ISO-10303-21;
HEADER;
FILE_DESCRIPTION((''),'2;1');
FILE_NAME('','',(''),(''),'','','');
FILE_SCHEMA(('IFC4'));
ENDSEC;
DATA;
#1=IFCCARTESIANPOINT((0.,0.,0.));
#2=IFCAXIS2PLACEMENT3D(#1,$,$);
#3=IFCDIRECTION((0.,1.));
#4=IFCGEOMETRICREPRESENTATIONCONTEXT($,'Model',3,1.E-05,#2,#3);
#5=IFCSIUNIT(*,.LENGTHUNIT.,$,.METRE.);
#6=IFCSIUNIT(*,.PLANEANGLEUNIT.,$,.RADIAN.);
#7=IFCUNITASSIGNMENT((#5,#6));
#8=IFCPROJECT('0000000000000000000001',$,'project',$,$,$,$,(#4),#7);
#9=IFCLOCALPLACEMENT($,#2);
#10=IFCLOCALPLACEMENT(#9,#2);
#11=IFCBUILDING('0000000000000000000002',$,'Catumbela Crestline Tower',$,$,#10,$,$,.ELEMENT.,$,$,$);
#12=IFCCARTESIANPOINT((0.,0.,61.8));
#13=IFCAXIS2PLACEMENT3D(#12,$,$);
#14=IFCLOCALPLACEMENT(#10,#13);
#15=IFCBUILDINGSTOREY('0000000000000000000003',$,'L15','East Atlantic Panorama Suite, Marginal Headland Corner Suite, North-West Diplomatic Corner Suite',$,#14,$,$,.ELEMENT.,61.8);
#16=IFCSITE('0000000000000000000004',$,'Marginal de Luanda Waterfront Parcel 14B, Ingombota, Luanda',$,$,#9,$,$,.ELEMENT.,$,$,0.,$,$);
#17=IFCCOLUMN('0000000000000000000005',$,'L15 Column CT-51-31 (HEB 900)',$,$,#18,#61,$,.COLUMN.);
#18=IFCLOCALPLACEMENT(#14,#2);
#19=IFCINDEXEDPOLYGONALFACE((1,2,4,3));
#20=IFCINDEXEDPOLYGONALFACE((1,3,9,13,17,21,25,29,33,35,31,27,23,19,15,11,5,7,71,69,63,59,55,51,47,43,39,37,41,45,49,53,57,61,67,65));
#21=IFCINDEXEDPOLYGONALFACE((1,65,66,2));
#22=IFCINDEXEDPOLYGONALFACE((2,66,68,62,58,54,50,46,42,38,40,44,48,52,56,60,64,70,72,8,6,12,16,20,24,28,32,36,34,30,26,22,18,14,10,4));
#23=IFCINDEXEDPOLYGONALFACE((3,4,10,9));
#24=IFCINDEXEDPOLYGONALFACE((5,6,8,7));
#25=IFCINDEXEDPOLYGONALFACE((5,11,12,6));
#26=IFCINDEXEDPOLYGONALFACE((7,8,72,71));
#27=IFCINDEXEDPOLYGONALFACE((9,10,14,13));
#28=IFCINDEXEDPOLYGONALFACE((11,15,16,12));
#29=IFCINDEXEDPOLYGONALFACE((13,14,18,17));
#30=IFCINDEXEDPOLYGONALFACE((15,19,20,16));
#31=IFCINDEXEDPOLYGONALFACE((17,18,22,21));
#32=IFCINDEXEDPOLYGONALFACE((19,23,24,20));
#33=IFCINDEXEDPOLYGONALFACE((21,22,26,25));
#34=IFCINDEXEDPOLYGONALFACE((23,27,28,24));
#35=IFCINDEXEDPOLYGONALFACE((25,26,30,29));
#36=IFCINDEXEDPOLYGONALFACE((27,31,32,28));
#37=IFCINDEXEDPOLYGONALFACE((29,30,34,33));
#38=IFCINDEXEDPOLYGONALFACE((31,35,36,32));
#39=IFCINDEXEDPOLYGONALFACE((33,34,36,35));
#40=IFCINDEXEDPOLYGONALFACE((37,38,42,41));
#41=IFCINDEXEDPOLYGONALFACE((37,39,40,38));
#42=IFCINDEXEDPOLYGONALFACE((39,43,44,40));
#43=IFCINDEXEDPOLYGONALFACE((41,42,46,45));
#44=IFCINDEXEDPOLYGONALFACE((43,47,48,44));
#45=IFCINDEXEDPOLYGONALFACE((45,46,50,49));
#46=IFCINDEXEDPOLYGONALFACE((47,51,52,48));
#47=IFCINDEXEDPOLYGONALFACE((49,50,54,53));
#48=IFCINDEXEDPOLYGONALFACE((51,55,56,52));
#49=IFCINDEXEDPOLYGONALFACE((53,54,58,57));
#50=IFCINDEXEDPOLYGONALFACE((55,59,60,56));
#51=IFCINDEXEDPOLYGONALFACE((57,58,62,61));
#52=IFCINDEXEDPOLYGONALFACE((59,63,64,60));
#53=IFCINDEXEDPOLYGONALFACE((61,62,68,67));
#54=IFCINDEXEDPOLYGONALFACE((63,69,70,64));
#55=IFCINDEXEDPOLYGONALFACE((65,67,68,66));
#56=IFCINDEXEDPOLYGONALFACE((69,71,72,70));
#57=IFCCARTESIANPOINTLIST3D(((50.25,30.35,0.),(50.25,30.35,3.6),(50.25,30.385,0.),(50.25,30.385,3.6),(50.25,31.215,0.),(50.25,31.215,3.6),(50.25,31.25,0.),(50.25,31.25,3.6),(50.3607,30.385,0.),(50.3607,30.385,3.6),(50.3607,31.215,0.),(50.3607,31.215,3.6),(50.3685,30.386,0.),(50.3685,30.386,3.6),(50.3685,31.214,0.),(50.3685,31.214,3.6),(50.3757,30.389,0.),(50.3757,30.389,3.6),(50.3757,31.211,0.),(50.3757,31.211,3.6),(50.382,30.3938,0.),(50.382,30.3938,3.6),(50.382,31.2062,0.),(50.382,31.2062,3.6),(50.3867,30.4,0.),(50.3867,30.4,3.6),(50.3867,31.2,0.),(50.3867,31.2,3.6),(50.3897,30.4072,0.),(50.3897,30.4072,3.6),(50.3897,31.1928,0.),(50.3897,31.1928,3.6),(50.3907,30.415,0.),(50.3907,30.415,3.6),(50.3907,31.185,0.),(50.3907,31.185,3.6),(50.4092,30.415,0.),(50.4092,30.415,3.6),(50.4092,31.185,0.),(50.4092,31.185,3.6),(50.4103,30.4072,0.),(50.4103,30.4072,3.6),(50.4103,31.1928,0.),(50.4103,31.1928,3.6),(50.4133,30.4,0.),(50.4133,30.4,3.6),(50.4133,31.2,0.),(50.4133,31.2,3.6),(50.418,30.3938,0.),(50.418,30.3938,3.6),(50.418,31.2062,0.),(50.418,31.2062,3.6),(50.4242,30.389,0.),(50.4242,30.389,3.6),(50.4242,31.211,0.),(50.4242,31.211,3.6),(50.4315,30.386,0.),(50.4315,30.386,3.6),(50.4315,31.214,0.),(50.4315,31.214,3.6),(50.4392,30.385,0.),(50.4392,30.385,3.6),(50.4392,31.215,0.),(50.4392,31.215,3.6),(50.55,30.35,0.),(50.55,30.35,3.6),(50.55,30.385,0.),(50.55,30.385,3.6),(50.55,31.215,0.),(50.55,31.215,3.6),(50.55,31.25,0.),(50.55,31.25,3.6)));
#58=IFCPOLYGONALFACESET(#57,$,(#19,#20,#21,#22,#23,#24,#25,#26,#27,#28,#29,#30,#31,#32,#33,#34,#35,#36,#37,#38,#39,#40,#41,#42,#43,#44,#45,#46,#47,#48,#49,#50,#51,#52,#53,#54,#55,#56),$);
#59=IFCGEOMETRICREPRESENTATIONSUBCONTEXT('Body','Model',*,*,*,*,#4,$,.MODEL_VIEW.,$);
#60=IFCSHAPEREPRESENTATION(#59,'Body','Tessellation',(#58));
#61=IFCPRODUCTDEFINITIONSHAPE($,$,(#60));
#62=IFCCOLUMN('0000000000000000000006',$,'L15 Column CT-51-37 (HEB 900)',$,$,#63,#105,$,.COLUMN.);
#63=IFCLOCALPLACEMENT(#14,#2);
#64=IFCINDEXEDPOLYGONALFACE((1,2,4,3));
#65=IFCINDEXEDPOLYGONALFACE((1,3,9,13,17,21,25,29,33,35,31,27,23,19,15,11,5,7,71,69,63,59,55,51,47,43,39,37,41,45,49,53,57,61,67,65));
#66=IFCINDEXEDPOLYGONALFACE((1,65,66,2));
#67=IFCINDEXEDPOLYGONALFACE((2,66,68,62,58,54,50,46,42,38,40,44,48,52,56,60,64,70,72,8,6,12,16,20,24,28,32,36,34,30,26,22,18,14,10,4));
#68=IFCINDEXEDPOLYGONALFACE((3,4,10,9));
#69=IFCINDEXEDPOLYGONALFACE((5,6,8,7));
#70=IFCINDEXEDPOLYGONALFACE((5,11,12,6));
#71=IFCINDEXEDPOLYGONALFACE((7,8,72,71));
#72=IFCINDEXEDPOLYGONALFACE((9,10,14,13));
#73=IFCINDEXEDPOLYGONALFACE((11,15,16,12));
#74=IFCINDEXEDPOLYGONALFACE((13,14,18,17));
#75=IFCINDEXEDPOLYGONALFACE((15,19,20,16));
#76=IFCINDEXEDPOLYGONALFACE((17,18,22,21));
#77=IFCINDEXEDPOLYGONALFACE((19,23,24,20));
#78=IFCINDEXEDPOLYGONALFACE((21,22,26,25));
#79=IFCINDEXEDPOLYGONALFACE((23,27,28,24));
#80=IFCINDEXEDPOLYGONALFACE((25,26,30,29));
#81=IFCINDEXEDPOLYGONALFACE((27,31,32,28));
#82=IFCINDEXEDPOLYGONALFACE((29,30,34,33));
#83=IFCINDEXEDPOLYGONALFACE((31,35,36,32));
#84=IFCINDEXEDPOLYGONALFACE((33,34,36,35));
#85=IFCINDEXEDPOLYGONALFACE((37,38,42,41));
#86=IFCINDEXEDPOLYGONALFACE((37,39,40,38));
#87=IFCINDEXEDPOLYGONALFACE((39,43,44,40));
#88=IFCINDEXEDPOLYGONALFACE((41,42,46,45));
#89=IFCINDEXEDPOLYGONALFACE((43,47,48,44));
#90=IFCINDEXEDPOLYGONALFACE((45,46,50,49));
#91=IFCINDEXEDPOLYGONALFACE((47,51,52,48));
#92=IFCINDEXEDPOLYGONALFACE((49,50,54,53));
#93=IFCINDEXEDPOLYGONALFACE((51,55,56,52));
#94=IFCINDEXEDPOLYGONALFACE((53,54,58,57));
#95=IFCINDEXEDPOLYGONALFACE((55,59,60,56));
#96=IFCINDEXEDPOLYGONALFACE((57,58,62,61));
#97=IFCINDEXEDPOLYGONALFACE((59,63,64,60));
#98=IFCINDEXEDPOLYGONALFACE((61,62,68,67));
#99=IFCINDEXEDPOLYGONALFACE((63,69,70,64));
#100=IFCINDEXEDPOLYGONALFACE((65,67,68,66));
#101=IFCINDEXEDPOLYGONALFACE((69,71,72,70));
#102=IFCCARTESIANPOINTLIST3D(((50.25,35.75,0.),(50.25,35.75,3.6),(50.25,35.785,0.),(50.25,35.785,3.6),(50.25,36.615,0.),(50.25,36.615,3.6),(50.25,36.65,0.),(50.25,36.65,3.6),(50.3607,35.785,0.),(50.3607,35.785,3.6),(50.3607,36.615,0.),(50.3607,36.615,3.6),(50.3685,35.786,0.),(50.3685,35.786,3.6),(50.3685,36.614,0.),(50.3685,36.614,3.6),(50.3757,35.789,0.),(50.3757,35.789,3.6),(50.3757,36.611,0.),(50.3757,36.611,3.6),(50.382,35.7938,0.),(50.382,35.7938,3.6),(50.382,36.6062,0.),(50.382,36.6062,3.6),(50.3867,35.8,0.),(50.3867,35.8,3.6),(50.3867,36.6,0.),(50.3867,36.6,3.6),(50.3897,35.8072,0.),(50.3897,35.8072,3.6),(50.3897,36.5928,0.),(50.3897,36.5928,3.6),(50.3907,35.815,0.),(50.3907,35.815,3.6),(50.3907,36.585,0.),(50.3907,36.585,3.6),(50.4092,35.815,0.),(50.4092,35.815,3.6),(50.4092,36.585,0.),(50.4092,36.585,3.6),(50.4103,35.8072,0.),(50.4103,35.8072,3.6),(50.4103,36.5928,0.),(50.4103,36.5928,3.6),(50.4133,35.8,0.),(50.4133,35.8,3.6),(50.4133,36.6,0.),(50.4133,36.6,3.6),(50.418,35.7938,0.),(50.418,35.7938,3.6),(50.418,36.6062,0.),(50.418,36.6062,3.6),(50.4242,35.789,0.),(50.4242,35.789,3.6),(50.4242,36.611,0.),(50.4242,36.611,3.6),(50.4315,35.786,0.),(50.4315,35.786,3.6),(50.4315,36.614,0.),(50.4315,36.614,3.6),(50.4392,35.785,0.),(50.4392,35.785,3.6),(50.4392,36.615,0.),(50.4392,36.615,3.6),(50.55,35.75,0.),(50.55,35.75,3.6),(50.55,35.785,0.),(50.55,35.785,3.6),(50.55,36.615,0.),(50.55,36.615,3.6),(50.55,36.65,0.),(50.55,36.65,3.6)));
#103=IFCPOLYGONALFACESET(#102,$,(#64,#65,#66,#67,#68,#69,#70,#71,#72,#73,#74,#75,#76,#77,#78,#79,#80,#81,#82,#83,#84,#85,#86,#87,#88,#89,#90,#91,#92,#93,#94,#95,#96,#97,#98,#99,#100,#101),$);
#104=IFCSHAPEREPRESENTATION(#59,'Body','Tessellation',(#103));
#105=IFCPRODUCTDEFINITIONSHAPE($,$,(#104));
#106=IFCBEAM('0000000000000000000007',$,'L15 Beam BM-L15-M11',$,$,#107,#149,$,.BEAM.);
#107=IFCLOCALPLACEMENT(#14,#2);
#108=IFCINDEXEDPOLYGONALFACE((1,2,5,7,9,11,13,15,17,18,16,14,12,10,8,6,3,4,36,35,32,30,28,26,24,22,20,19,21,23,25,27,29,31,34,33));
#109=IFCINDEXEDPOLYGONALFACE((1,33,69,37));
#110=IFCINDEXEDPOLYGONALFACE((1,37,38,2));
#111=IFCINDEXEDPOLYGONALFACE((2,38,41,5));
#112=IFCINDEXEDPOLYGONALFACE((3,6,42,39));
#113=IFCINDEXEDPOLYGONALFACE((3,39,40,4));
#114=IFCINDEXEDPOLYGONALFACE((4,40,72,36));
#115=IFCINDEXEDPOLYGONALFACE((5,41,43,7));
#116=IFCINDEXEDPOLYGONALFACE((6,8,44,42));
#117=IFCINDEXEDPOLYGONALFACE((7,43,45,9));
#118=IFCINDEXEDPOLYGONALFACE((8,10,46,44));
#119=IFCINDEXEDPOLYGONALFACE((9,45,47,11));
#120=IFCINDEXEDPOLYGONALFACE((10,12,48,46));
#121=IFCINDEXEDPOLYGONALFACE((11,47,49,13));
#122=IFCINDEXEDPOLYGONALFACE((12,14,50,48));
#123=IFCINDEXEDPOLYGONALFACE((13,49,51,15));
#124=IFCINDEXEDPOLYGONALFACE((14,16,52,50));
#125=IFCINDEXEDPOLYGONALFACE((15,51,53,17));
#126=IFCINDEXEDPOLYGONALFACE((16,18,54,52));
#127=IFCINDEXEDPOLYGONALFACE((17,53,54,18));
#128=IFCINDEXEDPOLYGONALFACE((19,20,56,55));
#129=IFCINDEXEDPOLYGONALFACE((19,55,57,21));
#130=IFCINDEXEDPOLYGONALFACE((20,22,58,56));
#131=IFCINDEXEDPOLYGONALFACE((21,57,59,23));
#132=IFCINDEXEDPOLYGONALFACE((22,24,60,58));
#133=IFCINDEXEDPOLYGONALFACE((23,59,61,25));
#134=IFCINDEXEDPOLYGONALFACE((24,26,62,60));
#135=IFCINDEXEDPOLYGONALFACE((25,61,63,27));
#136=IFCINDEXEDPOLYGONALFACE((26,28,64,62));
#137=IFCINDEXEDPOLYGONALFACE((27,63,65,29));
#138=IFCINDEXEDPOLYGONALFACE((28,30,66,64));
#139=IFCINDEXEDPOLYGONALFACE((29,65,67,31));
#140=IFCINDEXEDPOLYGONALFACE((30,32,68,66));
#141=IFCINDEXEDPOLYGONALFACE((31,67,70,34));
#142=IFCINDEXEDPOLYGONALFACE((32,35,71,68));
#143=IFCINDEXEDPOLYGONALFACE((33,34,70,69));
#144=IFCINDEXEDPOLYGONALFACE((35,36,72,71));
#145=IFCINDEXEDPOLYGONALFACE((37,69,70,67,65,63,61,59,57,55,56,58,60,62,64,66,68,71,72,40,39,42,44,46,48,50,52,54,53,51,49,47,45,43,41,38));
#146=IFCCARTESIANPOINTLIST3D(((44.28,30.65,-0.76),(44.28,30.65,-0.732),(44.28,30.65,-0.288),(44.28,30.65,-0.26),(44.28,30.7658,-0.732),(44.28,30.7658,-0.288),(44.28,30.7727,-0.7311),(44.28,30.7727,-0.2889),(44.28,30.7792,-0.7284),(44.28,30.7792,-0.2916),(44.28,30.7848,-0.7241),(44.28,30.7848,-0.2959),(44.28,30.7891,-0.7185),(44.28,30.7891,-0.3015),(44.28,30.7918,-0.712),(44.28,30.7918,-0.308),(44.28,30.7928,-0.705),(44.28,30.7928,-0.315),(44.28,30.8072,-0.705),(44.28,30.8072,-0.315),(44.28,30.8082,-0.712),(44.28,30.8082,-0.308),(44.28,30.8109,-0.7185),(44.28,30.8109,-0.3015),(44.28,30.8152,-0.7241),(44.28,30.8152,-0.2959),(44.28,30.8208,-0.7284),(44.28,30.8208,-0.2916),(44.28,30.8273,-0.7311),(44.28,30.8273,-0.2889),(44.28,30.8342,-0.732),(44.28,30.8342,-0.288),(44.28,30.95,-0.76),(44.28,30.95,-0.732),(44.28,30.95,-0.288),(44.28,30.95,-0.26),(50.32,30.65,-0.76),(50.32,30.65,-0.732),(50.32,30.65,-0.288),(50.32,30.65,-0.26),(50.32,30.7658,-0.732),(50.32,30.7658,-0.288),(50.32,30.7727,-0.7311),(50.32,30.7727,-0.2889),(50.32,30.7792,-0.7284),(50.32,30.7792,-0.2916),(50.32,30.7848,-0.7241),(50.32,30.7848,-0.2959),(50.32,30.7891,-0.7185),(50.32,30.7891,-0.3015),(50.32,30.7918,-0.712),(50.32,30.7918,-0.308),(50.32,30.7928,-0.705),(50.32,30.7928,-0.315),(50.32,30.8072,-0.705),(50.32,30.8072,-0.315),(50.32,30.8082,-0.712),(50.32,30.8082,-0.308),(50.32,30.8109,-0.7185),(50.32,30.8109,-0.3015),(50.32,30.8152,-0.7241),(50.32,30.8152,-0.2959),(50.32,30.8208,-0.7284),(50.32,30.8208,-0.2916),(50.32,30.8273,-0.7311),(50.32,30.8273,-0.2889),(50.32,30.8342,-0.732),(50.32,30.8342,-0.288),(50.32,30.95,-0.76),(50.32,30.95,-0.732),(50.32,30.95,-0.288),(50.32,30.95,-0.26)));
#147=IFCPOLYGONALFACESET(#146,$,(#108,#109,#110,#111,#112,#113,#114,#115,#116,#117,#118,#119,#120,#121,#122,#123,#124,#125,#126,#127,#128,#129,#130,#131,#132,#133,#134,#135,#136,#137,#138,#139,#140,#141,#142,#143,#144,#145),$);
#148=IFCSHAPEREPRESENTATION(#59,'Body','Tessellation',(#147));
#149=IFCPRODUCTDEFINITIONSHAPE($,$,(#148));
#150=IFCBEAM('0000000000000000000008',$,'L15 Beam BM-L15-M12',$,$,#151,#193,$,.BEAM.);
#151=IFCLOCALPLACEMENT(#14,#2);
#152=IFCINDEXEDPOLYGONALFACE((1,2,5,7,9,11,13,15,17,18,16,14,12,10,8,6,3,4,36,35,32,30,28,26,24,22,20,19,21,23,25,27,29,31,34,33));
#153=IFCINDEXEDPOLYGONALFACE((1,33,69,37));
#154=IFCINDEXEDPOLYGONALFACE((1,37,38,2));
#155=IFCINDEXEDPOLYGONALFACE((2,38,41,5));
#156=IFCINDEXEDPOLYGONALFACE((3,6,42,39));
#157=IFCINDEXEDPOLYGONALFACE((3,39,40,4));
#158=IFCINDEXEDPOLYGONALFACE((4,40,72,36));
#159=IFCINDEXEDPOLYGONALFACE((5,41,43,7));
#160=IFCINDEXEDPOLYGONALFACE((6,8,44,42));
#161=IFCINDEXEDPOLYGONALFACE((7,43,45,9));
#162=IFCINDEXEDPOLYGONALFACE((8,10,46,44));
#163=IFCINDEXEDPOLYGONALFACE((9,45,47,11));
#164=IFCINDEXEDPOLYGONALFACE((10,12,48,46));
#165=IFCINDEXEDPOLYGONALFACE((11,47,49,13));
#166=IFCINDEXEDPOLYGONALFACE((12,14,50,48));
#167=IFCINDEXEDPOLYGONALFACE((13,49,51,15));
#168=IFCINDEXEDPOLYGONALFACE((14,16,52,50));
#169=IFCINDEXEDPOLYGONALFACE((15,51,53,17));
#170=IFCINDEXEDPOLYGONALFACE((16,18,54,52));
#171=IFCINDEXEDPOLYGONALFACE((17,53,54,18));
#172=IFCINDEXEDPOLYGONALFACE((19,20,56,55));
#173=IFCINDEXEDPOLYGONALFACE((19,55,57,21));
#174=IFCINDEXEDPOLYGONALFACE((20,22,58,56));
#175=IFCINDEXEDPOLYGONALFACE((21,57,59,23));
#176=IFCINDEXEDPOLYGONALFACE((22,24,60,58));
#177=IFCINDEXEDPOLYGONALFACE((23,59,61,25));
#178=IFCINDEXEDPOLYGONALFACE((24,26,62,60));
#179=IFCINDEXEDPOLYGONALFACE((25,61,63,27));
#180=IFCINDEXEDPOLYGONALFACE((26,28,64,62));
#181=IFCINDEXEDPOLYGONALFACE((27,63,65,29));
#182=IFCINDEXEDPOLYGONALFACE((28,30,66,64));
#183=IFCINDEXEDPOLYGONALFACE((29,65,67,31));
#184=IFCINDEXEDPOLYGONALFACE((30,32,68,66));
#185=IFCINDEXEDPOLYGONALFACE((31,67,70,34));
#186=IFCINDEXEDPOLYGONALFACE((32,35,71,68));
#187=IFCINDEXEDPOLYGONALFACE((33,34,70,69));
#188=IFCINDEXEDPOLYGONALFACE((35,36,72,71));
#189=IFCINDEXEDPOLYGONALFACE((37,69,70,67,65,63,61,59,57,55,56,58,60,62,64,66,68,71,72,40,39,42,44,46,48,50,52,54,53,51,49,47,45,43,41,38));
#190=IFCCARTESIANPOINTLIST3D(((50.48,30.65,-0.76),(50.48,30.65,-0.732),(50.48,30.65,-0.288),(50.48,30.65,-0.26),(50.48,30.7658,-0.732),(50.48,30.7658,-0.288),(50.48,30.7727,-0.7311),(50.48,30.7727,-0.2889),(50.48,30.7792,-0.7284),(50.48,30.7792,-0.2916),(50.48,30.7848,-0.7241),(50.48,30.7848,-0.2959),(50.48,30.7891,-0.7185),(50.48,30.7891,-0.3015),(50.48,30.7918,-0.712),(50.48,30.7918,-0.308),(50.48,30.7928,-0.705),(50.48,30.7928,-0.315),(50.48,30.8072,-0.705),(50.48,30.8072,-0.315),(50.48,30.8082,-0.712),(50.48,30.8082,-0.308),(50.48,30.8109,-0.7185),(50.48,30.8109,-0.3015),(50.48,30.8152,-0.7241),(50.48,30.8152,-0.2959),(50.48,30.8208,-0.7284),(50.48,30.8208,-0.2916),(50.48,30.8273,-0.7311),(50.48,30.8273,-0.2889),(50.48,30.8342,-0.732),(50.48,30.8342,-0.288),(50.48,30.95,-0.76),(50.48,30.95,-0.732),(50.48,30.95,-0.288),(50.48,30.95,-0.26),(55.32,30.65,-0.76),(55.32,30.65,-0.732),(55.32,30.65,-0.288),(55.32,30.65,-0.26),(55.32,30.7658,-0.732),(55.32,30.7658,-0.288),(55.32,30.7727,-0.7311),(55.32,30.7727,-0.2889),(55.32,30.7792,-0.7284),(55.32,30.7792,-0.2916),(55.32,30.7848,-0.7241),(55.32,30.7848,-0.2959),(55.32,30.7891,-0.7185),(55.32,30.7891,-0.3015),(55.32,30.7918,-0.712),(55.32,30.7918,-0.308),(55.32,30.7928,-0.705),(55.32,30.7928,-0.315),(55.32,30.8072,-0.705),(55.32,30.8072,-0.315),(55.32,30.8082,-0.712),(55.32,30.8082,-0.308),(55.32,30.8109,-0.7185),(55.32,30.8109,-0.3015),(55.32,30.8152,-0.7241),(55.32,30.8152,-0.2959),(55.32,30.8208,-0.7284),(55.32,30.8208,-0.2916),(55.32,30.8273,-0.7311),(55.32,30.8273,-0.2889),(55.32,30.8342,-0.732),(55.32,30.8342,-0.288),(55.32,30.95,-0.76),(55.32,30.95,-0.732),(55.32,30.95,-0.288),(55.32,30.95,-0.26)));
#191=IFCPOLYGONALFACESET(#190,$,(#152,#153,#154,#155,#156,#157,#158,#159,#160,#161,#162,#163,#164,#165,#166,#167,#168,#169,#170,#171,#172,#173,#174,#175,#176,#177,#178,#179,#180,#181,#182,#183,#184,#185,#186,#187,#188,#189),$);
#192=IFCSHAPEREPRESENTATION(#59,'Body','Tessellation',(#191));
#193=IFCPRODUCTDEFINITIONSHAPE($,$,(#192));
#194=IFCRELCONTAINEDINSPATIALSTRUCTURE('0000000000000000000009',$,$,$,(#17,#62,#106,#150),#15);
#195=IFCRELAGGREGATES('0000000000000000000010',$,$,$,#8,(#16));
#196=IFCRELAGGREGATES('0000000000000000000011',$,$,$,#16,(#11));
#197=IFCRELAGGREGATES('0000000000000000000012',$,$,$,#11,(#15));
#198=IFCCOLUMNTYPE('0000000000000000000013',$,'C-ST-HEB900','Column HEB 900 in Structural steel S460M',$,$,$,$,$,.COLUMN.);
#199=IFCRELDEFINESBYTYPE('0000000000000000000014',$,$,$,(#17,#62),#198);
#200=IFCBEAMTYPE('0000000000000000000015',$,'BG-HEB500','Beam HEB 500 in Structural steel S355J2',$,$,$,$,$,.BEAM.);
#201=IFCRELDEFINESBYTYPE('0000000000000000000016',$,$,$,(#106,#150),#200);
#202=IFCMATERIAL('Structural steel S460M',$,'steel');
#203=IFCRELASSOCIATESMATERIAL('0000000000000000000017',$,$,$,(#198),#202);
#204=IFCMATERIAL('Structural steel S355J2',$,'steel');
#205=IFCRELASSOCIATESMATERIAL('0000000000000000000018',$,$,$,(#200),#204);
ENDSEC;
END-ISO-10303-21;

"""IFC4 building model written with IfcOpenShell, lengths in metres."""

from ifc_helpers import new_model, si_unit, direction, frame, origin, origin_2d, place, context, subcontext, project, spatial, i_section, extrude, material, material_profile, profile_set, type_object, element, save


model = new_model("IFC4")

# Units and contexts
model_context = context("Model", 3, precision=1e-05, world=origin(), true_north=direction((0.0, 1.0)))
body_context = subcontext(model_context, "Body", "Model", "MODEL_VIEW")
ifc_project = project(units=[si_unit("LENGTHUNIT", "METRE"), si_unit("PLANEANGLEUNIT", "RADIAN")], contexts=[model_context])

# Site, building, storey
site_placement = place(None, origin())
site = spatial("IfcSite", under=ifc_project, at=site_placement, Name="Marginal de Luanda Waterfront Parcel 14B, Ingombota, Luanda", CompositionType="ELEMENT", RefElevation=0.0)
building_placement = place(site_placement, origin())
building = spatial("IfcBuilding", under=site, at=building_placement, Name="Catumbela Crestline Tower", CompositionType="ELEMENT")
storey_placement = place(building_placement, frame((0.0, 0.0, 61.8)))
storey = spatial("IfcBuildingStorey", under=building, at=storey_placement, Name="L15", Description="East Atlantic Panorama Suite, Marginal Headland Corner Suite, North-West Diplomatic Corner Suite", CompositionType="ELEMENT", Elevation=61.8)

# Columns
ifc_material_1 = material(Name="Structural steel S460M", Category="steel")
ifc_material_profile_1 = material_profile(ifc_material_1, i_section(OverallWidth=0.3, OverallDepth=0.9, WebThickness=0.0185, FlangeThickness=0.035, FilletRadius=0.03, at=origin_2d()), Name="HEB 900")
ifc_profile_set_1 = profile_set([ifc_material_profile_1], Name="Structural steel S460M")
column_type_1 = type_object("IfcColumnType", Name="C-ST-HEB900", Description="Column HEB 900 in Structural steel S460M", PredefinedType="COLUMN", material=ifc_profile_set_1)
for number, where, z_axis, x_axis, name in (
    (1, (50.4, 30.8, 0.0), (0.0, 0.0, 1.0), (1.0, 0.0, 0.0), "L15 Column CT-51-31 (HEB 900)"),
    (2, (50.4, 36.2, 0.0), (0.0, 0.0, 1.0), (1.0, 0.0, 0.0), "L15 Column CT-51-37 (HEB 900)"),
):
    element("IfcColumn", number, at=place(storey_placement, frame(where, z_axis=z_axis, x_axis=x_axis)), inside=storey, type_object=column_type_1, Name=name, PredefinedType="COLUMN", context=body_context, shape_type="SweptSolid", body=[
        extrude(i_section(OverallWidth=0.3, OverallDepth=0.9, WebThickness=0.0185, FlangeThickness=0.035, FilletRadius=0.03, at=origin_2d()), origin(), (0.0, 0.0, 1.0), 3.6),
    ])

# Beams
ifc_material_2 = material(Name="Structural steel S355J2", Category="steel")
ifc_material_profile_2 = material_profile(ifc_material_2, i_section(OverallWidth=0.3, OverallDepth=0.5, WebThickness=0.0145, FlangeThickness=0.028, FilletRadius=0.027, at=origin_2d()), Name="HEB 500")
ifc_profile_set_2 = profile_set([ifc_material_profile_2], Name="Structural steel S355J2")
beam_type_1 = type_object("IfcBeamType", Name="BG-HEB500", Description="Beam HEB 500 in Structural steel S355J2", PredefinedType="BEAM", material=ifc_profile_set_2)
beam_1_placement = place(storey_placement, frame((44.28, 30.8, -0.51), z_axis=(1.0, 0.0, 0.0), x_axis=(0.0, 1.0, 0.0)))
element("IfcBeam", 3, at=beam_1_placement, inside=storey, type_object=beam_type_1, Name="L15 Beam BM-L15-M11", PredefinedType="BEAM", context=body_context, shape_type="SweptSolid", body=[
    extrude(i_section(OverallWidth=0.3, OverallDepth=0.5, WebThickness=0.0145, FlangeThickness=0.028, FilletRadius=0.027, at=origin_2d()), origin(), (0.0, 0.0, 1.0), 6.04),
])
beam_2_placement = place(storey_placement, frame((50.48, 30.8, -0.51), z_axis=(1.0, 0.0, 0.0), x_axis=(0.0, 1.0, 0.0)))
element("IfcBeam", 4, at=beam_2_placement, inside=storey, type_object=beam_type_1, Name="L15 Beam BM-L15-M12", PredefinedType="BEAM", context=body_context, shape_type="SweptSolid", body=[
    extrude(i_section(OverallWidth=0.3, OverallDepth=0.5, WebThickness=0.0145, FlangeThickness=0.028, FilletRadius=0.027, at=origin_2d()), origin(), (0.0, 0.0, 1.0), 4.84),
])

save(model, "model.ifc")
